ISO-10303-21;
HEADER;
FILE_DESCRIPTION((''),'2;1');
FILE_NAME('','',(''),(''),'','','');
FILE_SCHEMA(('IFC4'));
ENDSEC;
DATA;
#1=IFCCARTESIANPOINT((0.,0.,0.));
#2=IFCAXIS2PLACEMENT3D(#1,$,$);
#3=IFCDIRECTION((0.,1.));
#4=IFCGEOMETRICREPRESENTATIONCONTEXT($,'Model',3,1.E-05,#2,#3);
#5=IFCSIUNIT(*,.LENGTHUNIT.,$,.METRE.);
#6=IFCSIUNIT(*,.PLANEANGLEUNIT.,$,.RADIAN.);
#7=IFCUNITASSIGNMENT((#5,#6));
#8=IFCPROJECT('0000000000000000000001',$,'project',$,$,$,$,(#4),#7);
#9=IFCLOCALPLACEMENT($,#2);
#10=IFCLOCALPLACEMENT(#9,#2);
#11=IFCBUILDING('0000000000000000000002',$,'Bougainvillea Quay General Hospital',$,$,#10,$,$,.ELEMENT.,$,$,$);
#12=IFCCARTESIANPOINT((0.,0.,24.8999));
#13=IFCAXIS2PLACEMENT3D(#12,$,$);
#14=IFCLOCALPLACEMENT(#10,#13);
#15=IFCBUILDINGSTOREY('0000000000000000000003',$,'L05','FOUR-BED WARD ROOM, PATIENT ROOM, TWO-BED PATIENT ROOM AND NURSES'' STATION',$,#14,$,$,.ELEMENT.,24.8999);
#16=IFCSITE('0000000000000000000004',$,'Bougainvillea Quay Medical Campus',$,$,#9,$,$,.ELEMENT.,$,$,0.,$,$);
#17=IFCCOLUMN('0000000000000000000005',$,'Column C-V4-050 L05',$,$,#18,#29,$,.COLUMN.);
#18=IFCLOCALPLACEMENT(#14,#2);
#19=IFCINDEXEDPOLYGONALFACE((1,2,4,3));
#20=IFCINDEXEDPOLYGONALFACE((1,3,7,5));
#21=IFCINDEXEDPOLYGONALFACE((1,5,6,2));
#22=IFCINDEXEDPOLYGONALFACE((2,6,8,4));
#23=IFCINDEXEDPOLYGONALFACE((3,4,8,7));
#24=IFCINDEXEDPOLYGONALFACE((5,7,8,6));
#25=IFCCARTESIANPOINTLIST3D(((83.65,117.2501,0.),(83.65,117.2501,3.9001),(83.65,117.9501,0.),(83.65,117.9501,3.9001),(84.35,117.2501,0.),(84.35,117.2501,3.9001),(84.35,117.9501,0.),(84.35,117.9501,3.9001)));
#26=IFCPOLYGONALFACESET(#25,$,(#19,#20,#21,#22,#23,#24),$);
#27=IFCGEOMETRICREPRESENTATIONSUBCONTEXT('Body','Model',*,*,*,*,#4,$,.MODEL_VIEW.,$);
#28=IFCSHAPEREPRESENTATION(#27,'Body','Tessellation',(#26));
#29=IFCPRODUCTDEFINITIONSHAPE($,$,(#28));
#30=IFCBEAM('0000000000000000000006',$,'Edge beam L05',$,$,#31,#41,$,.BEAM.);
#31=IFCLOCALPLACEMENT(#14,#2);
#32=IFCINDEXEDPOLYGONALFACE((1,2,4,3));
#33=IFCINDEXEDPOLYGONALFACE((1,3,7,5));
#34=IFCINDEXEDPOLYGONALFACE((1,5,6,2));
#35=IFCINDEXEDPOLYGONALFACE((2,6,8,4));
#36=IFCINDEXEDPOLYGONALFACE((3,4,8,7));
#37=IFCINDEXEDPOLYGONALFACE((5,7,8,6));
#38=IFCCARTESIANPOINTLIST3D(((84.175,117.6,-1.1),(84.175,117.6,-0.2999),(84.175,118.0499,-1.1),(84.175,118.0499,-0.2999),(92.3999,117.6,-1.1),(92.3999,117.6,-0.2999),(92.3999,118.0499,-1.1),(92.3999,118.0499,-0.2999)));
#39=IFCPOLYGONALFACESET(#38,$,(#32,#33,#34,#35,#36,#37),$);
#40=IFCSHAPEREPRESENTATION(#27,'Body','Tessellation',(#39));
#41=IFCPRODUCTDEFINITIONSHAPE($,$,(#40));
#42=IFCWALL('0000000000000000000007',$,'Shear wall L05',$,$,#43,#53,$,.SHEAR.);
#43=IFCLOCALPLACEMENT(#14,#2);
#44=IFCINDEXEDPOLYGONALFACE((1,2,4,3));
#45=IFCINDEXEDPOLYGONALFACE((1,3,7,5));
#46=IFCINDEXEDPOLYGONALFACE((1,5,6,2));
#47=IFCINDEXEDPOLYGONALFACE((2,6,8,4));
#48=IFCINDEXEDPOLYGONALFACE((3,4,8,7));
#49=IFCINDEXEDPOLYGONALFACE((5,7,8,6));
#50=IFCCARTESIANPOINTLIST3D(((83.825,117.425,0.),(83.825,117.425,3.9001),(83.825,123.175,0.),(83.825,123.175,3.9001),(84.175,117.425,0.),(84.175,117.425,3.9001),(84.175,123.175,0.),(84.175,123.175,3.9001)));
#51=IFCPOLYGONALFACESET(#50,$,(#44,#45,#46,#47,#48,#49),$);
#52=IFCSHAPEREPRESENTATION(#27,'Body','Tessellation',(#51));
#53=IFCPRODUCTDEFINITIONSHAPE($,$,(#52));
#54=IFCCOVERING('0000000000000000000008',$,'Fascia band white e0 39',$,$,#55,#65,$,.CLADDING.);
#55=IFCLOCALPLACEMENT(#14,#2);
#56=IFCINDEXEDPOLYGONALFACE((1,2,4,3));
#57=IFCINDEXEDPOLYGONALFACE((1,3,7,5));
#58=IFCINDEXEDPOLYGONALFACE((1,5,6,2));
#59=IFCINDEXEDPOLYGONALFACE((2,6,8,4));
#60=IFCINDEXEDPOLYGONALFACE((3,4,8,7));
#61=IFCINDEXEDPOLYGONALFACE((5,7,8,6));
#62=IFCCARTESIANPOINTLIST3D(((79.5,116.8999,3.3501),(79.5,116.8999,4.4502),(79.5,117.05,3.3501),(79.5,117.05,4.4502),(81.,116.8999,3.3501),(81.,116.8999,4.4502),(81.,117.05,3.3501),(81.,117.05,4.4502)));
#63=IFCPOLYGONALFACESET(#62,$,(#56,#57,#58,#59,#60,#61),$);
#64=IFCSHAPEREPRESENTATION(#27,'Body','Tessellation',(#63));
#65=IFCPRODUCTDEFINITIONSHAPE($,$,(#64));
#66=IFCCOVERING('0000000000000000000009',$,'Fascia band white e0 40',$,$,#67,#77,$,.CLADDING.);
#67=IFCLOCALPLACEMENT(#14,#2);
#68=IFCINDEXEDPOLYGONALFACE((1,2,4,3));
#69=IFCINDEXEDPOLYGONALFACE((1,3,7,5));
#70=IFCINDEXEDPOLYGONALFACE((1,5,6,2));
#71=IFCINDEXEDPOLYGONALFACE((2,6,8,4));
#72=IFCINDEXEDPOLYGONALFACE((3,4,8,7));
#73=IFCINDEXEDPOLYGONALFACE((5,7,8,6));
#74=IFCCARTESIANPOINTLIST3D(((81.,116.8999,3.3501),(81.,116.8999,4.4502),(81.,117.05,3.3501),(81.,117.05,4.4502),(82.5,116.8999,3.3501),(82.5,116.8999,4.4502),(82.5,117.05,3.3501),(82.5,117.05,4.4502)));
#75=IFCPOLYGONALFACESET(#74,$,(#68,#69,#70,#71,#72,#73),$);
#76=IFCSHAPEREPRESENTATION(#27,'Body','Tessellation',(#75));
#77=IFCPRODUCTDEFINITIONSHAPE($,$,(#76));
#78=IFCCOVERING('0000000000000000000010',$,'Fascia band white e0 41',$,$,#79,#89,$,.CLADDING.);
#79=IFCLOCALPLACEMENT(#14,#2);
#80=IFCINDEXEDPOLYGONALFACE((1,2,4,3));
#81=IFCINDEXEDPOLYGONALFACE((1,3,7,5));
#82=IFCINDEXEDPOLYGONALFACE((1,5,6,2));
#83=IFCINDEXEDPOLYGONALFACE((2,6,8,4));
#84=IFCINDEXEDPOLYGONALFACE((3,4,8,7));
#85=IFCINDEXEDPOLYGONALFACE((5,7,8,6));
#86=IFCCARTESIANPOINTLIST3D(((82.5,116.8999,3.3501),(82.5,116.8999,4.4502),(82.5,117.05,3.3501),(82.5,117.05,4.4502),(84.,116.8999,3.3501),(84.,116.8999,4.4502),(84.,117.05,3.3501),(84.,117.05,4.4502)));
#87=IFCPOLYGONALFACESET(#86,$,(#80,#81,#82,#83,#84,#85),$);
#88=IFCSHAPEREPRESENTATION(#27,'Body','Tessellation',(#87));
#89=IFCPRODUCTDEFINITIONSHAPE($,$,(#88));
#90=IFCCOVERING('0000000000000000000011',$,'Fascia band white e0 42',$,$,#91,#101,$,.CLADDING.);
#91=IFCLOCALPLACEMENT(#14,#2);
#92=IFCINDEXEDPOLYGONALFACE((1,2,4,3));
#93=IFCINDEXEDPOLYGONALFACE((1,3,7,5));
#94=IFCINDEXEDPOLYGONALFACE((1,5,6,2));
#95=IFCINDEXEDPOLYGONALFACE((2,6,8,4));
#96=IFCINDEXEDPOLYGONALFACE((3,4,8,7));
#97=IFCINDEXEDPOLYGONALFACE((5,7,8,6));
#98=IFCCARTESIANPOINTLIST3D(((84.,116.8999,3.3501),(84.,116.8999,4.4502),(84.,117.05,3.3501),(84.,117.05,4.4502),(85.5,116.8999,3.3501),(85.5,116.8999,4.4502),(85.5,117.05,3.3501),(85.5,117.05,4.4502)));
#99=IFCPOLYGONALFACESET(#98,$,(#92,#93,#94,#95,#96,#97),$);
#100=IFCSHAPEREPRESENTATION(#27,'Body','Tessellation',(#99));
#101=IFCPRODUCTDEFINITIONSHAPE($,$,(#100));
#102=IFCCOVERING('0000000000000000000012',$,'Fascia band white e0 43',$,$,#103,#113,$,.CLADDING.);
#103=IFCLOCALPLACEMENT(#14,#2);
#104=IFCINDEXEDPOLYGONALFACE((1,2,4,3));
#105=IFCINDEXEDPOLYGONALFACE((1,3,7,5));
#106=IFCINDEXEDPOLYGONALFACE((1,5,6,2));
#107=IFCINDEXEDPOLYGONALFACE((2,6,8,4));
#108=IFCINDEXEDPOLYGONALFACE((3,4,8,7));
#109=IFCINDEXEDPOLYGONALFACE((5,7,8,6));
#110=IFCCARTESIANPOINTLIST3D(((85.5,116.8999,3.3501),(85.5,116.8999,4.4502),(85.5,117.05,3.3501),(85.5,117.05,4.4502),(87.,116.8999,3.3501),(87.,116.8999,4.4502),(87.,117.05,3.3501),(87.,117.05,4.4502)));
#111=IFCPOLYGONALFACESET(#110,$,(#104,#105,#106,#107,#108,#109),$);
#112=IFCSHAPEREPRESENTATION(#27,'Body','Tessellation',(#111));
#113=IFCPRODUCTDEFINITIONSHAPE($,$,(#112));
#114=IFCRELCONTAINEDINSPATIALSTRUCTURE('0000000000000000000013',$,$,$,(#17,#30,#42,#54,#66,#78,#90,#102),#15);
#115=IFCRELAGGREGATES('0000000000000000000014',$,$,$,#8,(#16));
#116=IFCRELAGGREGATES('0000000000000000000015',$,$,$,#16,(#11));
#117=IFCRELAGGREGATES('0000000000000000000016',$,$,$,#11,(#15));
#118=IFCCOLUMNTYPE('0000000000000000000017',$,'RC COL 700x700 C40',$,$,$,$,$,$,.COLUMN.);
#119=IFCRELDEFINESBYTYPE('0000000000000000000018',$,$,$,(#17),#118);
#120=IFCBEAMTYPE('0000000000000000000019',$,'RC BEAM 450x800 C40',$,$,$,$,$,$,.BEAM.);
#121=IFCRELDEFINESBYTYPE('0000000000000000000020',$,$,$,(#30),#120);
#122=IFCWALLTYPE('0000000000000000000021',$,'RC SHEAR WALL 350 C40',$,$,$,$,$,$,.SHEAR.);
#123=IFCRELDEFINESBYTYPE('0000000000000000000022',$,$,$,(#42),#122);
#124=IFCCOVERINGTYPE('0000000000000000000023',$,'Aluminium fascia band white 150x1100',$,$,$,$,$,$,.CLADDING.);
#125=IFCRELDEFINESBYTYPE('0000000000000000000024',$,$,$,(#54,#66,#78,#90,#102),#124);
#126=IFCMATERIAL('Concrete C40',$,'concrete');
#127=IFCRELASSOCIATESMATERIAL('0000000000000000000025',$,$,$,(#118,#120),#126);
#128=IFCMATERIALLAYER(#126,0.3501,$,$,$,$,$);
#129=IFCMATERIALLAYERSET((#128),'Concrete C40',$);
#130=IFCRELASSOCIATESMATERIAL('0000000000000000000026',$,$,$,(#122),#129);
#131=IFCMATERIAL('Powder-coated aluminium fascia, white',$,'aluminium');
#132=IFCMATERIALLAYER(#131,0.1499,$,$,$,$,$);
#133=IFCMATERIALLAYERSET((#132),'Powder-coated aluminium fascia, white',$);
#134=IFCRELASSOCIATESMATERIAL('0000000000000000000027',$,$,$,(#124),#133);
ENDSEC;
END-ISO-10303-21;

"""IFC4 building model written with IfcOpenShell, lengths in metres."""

from ifc_helpers import new_model, si_unit, direction, frame, frame_2d, origin, origin_2d, place, context, subcontext, project, spatial, polyline, rectangle, outline, extrude, material, layer, layer_set, material_profile, profile_set, type_object, element, save


model = new_model("IFC4")

# Units and contexts
model_context = context("Model", 3, precision=1e-05, world=origin(), true_north=direction((0.0, 1.0)))
body_context = subcontext(model_context, "Body", "Model", "MODEL_VIEW")
ifc_project = project(units=[si_unit("LENGTHUNIT", "METRE"), si_unit("PLANEANGLEUNIT", "RADIAN")], contexts=[model_context])

# Site, building, storey
site_placement = place(None, origin())
site = spatial("IfcSite", under=ifc_project, at=site_placement, Name="Bougainvillea Quay Medical Campus", CompositionType="ELEMENT", RefElevation=0.0)
building_placement = place(site_placement, origin())
building = spatial("IfcBuilding", under=site, at=building_placement, Name="Bougainvillea Quay General Hospital", CompositionType="ELEMENT")
storey_placement = place(building_placement, frame((0.0, 0.0, 24.8999)))
storey = spatial("IfcBuildingStorey", under=building, at=storey_placement, Name="L05", Description="FOUR-BED WARD ROOM, PATIENT ROOM, TWO-BED PATIENT ROOM AND NURSES' STATION", CompositionType="ELEMENT", Elevation=24.8999)

# Column
ifc_material_1 = material(Name="Concrete C40", Category="concrete")
ifc_material_profile_1 = material_profile(ifc_material_1, rectangle(XDim=0.7, YDim=0.7, at=origin_2d()))
ifc_profile_set_1 = profile_set([ifc_material_profile_1], Name="Concrete C40")
column_type = type_object("IfcColumnType", Name="RC COL 700x700 C40", PredefinedType="COLUMN", material=ifc_profile_set_1)
column_placement = place(storey_placement, frame((84.0, 117.6001, 0.0), z_axis=(0.0, 0.0, 1.0), x_axis=(1.0, 0.0, 0.0)))
element("IfcColumn", 1, at=column_placement, inside=storey, type_object=column_type, Name="Column C-V4-050 L05", PredefinedType="COLUMN", context=body_context, shape_type="SweptSolid", body=[
    extrude(rectangle(XDim=0.7, YDim=0.7, at=origin_2d()), origin(), (0.0, 0.0, 1.0), 3.9001),
])

# Beam
ifc_material_profile_2 = material_profile(ifc_material_1, rectangle(XDim=0.45, YDim=0.8, at=origin_2d()))
ifc_profile_set_2 = profile_set([ifc_material_profile_2], Name="Concrete C40")
beam_type = type_object("IfcBeamType", Name="RC BEAM 450x800 C40", PredefinedType="BEAM", material=ifc_profile_set_2)
beam_placement = place(storey_placement, frame((84.175, 117.825, -0.7), z_axis=(1.0, 0.0, 0.0), x_axis=(0.0, 1.0, 0.0)))
element("IfcBeam", 2, at=beam_placement, inside=storey, type_object=beam_type, Name="Edge beam L05", PredefinedType="BEAM", context=body_context, shape_type="SweptSolid", body=[
    extrude(rectangle(XDim=0.45, YDim=0.8, at=origin_2d()), origin(), (0.0, 0.0, 1.0), 8.2249),
])

# Wall
ifc_layer_1 = layer(ifc_material_1, 0.3501)
ifc_layer_set_1 = layer_set([ifc_layer_1], Name="Concrete C40")
wall_type = type_object("IfcWallType", Name="RC SHEAR WALL 350 C40", PredefinedType="SHEAR", material=ifc_layer_set_1)
wall_placement = place(storey_placement, frame((84.0, 117.425, 0.0), z_axis=(0.0, 0.0, 1.0), x_axis=(0.0, 1.0, 0.0)))
element("IfcWall", 3, at=wall_placement, inside=storey, type_object=wall_type, Name="Shear wall L05", PredefinedType="SHEAR", context=body_context, shape_type="SweptSolid", body=[
    extrude(rectangle(XDim=5.75, YDim=0.3501, at=frame_2d((2.875, 0.0))), origin(), (0.0, 0.0, 1.0), 3.9001),
])

# Coverings
ifc_material_2 = material(Name="Powder-coated aluminium fascia, white", Category="aluminium")
ifc_layer_2 = layer(ifc_material_2, 0.1499)
ifc_layer_set_2 = layer_set([ifc_layer_2], Name="Powder-coated aluminium fascia, white")
covering_type = type_object("IfcCoveringType", Name="Aluminium fascia band white 150x1100", PredefinedType="CLADDING", material=ifc_layer_set_2)
for number, where, z_axis, x_axis, name in (
    (4, (79.5, 117.05, 3.3501), (0.0, 0.0, 1.0), (1.0, 0.0, 0.0), "Fascia band white e0 39"),
    (5, (81.0, 117.05, 3.3501), (0.0, 0.0, 1.0), (1.0, 0.0, 0.0), "Fascia band white e0 40"),
    (6, (82.5, 117.05, 3.3501), (0.0, 0.0, 1.0), (1.0, 0.0, 0.0), "Fascia band white e0 41"),
    (7, (84.0, 117.05, 3.3501), (0.0, 0.0, 1.0), (1.0, 0.0, 0.0), "Fascia band white e0 42"),
    (8, (85.5, 117.05, 3.3501), (0.0, 0.0, 1.0), (1.0, 0.0, 0.0), "Fascia band white e0 43"),
):
    element("IfcCovering", number, at=place(storey_placement, frame(where, z_axis=z_axis, x_axis=x_axis)), inside=storey, type_object=covering_type, Name=name, PredefinedType="CLADDING", context=body_context, shape_type="SweptSolid", body=[
        extrude(outline(polyline([(0.0, 0.0), (1.5, 0.0), (1.5, -0.1501), (0.0, -0.1501), (0.0, 0.0)])), origin(), (0.0, 0.0, 1.0), 1.1001),
    ])

save(model, "model.ifc")
